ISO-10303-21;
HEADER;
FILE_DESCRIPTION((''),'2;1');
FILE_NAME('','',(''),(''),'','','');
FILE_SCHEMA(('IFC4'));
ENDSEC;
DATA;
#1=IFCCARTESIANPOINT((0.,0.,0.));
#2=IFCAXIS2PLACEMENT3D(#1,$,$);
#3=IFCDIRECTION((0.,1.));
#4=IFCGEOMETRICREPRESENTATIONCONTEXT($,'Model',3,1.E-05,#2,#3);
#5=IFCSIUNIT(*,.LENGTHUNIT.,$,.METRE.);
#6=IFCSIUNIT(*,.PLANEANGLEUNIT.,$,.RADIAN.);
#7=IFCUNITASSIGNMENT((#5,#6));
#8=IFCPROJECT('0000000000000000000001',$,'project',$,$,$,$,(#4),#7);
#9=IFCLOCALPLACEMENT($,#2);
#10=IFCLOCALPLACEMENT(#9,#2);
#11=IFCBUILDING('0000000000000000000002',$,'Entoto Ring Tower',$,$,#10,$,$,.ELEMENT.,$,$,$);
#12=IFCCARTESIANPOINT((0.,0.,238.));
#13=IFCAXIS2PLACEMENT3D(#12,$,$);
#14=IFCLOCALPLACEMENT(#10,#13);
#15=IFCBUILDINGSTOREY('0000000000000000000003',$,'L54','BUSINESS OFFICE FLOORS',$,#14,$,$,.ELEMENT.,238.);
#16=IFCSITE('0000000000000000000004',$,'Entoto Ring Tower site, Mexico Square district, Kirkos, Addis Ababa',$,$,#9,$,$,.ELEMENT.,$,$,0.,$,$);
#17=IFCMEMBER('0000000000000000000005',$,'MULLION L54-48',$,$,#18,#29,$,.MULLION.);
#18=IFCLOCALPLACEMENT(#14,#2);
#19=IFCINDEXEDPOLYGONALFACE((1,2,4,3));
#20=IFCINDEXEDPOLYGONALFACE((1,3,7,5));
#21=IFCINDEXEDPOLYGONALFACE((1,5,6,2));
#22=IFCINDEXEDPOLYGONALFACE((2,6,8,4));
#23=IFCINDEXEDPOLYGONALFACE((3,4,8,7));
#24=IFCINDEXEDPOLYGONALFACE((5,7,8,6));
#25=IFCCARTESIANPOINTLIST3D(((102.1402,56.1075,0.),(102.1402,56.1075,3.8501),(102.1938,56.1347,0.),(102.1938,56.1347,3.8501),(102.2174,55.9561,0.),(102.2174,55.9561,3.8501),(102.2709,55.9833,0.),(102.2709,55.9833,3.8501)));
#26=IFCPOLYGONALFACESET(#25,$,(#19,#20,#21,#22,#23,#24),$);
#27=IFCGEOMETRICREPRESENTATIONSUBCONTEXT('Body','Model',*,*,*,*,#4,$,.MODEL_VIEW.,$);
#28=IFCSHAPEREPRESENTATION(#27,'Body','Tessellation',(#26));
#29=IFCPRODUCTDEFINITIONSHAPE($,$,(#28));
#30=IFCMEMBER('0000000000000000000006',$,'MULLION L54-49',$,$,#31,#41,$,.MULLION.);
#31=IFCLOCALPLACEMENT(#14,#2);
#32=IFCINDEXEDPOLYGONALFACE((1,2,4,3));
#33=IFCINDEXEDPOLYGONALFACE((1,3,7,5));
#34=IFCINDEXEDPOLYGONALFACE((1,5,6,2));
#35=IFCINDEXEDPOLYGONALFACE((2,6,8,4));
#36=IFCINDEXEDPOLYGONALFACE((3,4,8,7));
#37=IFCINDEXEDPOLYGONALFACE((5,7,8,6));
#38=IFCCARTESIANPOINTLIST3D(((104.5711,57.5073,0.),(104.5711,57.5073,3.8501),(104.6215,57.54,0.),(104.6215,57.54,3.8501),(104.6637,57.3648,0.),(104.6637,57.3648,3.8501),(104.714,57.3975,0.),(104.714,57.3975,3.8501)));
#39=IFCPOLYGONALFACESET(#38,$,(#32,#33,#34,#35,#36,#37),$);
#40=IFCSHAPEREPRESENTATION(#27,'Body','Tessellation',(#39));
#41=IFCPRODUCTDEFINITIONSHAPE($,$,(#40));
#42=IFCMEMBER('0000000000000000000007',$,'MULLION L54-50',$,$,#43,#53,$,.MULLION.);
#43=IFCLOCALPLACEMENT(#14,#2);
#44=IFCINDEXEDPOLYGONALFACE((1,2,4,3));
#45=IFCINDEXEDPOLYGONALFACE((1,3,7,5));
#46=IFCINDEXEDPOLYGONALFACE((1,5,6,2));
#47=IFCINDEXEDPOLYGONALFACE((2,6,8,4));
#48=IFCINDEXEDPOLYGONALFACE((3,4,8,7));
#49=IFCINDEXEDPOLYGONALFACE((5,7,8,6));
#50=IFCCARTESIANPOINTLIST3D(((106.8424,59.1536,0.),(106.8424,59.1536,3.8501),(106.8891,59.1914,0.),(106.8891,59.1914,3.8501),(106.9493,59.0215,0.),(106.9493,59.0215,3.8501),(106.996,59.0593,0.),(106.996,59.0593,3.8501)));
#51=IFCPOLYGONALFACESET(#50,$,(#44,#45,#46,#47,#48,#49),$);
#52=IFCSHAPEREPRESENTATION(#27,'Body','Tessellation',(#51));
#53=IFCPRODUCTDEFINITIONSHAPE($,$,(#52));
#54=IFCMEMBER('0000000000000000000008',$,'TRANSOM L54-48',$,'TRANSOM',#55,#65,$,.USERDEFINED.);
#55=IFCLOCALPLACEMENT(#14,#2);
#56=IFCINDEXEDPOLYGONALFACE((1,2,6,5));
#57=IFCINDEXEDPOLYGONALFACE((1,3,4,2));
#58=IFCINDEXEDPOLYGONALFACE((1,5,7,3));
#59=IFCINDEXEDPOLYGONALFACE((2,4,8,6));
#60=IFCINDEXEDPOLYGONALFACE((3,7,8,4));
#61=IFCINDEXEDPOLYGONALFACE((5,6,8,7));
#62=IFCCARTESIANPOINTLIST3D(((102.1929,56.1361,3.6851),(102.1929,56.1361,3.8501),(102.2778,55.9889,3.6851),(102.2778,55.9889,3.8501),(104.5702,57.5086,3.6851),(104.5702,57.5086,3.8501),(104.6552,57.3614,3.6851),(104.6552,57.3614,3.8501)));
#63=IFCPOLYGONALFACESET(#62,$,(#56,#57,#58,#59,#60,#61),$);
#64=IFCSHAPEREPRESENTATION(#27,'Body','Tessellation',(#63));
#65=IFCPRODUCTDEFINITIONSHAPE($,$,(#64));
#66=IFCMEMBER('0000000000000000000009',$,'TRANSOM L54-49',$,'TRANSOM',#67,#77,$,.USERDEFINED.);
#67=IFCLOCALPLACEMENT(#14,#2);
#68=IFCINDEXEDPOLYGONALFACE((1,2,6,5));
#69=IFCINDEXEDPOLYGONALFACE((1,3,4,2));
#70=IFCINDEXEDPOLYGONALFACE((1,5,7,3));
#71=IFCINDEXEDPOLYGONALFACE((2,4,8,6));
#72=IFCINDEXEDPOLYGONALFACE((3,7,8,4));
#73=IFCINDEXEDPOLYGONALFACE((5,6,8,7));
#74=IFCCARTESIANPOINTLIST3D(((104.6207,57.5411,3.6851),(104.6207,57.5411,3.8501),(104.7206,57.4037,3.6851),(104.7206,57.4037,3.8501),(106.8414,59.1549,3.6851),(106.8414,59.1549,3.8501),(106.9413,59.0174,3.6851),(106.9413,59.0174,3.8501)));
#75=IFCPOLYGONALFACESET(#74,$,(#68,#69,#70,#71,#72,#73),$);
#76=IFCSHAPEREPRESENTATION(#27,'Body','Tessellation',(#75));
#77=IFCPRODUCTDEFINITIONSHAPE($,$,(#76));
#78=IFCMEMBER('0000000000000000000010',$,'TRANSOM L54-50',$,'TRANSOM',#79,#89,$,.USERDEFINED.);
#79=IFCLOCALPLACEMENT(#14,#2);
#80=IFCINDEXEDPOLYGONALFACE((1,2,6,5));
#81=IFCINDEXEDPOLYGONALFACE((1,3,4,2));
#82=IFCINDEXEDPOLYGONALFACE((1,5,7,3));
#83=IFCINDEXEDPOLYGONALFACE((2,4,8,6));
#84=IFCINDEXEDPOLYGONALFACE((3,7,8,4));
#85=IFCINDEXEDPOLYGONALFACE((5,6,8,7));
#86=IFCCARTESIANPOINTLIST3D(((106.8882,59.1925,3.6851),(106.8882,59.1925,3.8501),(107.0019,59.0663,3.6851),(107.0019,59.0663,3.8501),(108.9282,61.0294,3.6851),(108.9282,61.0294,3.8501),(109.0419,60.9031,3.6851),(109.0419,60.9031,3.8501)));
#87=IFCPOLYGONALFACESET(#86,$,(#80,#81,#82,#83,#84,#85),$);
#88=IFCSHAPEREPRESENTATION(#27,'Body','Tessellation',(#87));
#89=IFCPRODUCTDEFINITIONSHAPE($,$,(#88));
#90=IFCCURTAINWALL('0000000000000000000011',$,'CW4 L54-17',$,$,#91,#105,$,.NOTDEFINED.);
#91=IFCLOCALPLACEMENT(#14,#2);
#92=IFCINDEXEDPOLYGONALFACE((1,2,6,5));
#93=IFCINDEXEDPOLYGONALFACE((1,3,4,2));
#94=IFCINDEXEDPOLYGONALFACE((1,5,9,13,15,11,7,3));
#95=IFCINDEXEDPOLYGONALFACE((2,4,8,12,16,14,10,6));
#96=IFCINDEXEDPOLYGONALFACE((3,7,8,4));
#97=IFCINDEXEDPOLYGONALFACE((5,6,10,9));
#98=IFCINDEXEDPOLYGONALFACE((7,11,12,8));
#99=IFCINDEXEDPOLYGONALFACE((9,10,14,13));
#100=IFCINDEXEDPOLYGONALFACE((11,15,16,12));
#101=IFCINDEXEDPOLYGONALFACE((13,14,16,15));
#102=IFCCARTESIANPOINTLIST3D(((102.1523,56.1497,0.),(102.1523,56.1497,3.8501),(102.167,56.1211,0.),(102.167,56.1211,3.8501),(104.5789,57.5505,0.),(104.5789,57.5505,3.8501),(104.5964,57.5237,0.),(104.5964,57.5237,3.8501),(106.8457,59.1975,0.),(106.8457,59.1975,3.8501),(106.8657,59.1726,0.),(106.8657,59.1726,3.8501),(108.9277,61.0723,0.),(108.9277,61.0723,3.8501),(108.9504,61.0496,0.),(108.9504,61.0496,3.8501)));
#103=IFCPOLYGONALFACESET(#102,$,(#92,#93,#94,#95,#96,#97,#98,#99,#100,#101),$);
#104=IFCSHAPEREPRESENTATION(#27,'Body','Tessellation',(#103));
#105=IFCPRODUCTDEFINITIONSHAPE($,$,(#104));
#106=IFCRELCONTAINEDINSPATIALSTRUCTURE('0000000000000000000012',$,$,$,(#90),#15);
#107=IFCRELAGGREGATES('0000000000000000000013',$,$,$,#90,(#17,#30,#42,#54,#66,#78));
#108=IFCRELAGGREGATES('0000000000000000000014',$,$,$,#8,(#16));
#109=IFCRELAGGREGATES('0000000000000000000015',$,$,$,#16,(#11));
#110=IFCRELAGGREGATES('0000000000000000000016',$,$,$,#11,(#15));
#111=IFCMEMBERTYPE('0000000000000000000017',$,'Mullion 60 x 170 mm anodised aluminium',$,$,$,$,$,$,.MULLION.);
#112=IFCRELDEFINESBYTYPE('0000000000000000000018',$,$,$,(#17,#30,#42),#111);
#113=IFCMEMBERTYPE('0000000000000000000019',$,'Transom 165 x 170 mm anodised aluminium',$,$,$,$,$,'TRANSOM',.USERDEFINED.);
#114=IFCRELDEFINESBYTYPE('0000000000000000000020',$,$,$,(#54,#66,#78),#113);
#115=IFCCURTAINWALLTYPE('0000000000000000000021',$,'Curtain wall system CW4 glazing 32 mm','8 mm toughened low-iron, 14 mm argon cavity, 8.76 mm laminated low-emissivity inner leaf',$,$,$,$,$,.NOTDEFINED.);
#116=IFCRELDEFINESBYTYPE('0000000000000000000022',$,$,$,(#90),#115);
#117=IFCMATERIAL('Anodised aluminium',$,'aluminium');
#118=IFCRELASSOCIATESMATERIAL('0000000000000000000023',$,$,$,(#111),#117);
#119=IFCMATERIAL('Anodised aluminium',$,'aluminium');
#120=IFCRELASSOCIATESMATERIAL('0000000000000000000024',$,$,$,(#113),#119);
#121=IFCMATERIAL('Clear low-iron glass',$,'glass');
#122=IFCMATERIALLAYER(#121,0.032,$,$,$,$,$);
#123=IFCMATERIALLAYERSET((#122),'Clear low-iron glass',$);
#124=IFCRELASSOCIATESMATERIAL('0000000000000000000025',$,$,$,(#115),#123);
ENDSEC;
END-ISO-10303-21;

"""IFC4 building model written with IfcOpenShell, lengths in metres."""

from ifc_helpers import new_model, si_unit, direction, frame, origin, origin_2d, place, context, subcontext, project, spatial, polyline, rectangle, outline, extrude, material, layer, layer_set, material_profile, profile_set, type_object, element, aggregate, save


model = new_model("IFC4")

# Units and contexts
model_context = context("Model", 3, precision=1e-05, world=origin(), true_north=direction((0.0, 1.0)))
body_context = subcontext(model_context, "Body", "Model", "MODEL_VIEW")
ifc_project = project(units=[si_unit("LENGTHUNIT", "METRE"), si_unit("PLANEANGLEUNIT", "RADIAN")], contexts=[model_context])

# Members
ifc_material_1 = material(Name="Anodised aluminium", Category="aluminium")
ifc_material_profile_1 = material_profile(ifc_material_1, rectangle(XDim=0.0601, YDim=0.1699, at=origin_2d()), Name="Mullion 60 x 170 mm anodised aluminium")
ifc_profile_set_1 = profile_set([ifc_material_profile_1], Name="Anodised aluminium")
member_type_1 = type_object("IfcMemberType", Name="Mullion 60 x 170 mm anodised aluminium", PredefinedType="MULLION", material=ifc_profile_set_1)
site_placement = place(None, origin())
building_placement = place(site_placement, origin())
storey_placement = place(building_placement, frame((0.0, 0.0, 238.0)))
member_1_placement = place(storey_placement, frame((102.2056, 56.0454, 0.0), z_axis=(0.0, 0.0, 1.0), x_axis=(0.891007, 0.45399, 0.0)))
member_1 = element("IfcMember", 1, at=member_1_placement, type_object=member_type_1, Name="MULLION L54-48", PredefinedType="MULLION", context=body_context, shape_type="SweptSolid", body=[
    extrude(rectangle(XDim=0.0601, YDim=0.1699, at=origin_2d()), origin(), (0.0, 0.0, 1.0), 3.8501),
])
member_2_placement = place(storey_placement, frame((104.6426, 57.4524, 0.0), z_axis=(0.0, 0.0, 1.0), x_axis=(0.838671, 0.544639, 0.0)))
member_2 = element("IfcMember", 2, at=member_2_placement, type_object=member_type_1, Name="MULLION L54-49", PredefinedType="MULLION", context=body_context, shape_type="SweptSolid", body=[
    extrude(rectangle(XDim=0.0601, YDim=0.1699, at=origin_2d()), origin(), (0.0, 0.0, 1.0), 3.8501),
])
member_3_placement = place(storey_placement, frame((106.9192, 59.1064, 0.0), z_axis=(0.0, 0.0, 1.0), x_axis=(0.777146, 0.62932, 0.0)))
member_3 = element("IfcMember", 3, at=member_3_placement, type_object=member_type_1, Name="MULLION L54-50", PredefinedType="MULLION", context=body_context, shape_type="SweptSolid", body=[
    extrude(rectangle(XDim=0.0601, YDim=0.1699, at=origin_2d()), origin(), (0.0, 0.0, 1.0), 3.8501),
])
ifc_material_2 = material(Name="Anodised aluminium", Category="aluminium")
ifc_material_profile_2 = material_profile(ifc_material_2, rectangle(XDim=0.1699, YDim=0.165, at=origin_2d()), Name="Transom 165 x 170 mm anodised aluminium")
ifc_profile_set_2 = profile_set([ifc_material_profile_2], Name="Anodised aluminium")
member_type_2 = type_object("IfcMemberType", Name="Transom 165 x 170 mm anodised aluminium", ElementType="TRANSOM", PredefinedType="USERDEFINED", material=ifc_profile_set_2)
member_4_placement = place(storey_placement, frame((102.2354, 56.0625, 3.7676), z_axis=(0.866035, 0.499984, 0.0), x_axis=(-0.499984, 0.866035, 0.0)))
member_4 = element("IfcMember", 4, at=member_4_placement, type_object=member_type_2, Name="TRANSOM L54-48", ObjectType="TRANSOM", PredefinedType="USERDEFINED", context=body_context, shape_type="SweptSolid", body=[
    extrude(rectangle(XDim=0.1699, YDim=0.165, at=origin_2d()), origin(), (0.0, 0.0, 1.0), 2.7451),
])
member_5_placement = place(storey_placement, frame((104.6707, 57.4724, 3.7676), z_axis=(0.808959, 0.587865, 0.0), x_axis=(-0.587865, 0.808959, 0.0)))
member_5 = element("IfcMember", 5, at=member_5_placement, type_object=member_type_2, Name="TRANSOM L54-49", ObjectType="TRANSOM", PredefinedType="USERDEFINED", context=body_context, shape_type="SweptSolid", body=[
    extrude(rectangle(XDim=0.1699, YDim=0.165, at=origin_2d()), origin(), (0.0, 0.0, 1.0), 2.7451),
])
member_6_placement = place(storey_placement, frame((106.9451, 59.1294, 3.7676), z_axis=(0.743135, 0.669142, 0.0), x_axis=(-0.669142, 0.743135, 0.0)))
member_6 = element("IfcMember", 6, at=member_6_placement, type_object=member_type_2, Name="TRANSOM L54-50", ObjectType="TRANSOM", PredefinedType="USERDEFINED", context=body_context, shape_type="SweptSolid", body=[
    extrude(rectangle(XDim=0.1699, YDim=0.165, at=origin_2d()), origin(), (0.0, 0.0, 1.0), 2.7451),
])

# Site, building, storey
site = spatial("IfcSite", under=ifc_project, at=site_placement, Name="Entoto Ring Tower site, Mexico Square district, Kirkos, Addis Ababa", CompositionType="ELEMENT", RefElevation=0.0)
building = spatial("IfcBuilding", under=site, at=building_placement, Name="Entoto Ring Tower", CompositionType="ELEMENT")
storey = spatial("IfcBuildingStorey", under=building, at=storey_placement, Name="L54", Description="BUSINESS OFFICE FLOORS", CompositionType="ELEMENT", Elevation=238.0)

# Curtain wall
ifc_material_3 = material(Name="Clear low-iron glass", Category="glass")
ifc_layer = layer(ifc_material_3, 0.032)
ifc_layer_set = layer_set([ifc_layer], Name="Clear low-iron glass")
curtain_wall_type = type_object("IfcCurtainWallType", Name="Curtain wall system CW4 glazing 32 mm", Description="8 mm toughened low-iron, 14 mm argon cavity, 8.76 mm laminated low-emissivity inner leaf", PredefinedType="NOTDEFINED", material=ifc_layer_set)
curtain_wall_1_placement = place(storey_placement, origin())
curtain_wall_1 = element("IfcCurtainWall", 7, at=curtain_wall_1_placement, inside=storey, type_object=curtain_wall_type, Name="CW4 L54-17", PredefinedType="NOTDEFINED", context=body_context, shape_type="SweptSolid", body=[
    extrude(outline(polyline([(102.167, 56.1211), (104.5964, 57.5237), (106.8657, 59.1726), (108.9504, 61.0496), (108.9277, 61.0723), (106.8457, 59.1975), (104.5789, 57.5505), (102.1523, 56.1497), (102.167, 56.1211)])), origin(), (0.0, 0.0, 1.0), 3.8501),
])
aggregate(curtain_wall_1, [member_1, member_2, member_3, member_4, member_5, member_6])

save(model, "model.ifc")
